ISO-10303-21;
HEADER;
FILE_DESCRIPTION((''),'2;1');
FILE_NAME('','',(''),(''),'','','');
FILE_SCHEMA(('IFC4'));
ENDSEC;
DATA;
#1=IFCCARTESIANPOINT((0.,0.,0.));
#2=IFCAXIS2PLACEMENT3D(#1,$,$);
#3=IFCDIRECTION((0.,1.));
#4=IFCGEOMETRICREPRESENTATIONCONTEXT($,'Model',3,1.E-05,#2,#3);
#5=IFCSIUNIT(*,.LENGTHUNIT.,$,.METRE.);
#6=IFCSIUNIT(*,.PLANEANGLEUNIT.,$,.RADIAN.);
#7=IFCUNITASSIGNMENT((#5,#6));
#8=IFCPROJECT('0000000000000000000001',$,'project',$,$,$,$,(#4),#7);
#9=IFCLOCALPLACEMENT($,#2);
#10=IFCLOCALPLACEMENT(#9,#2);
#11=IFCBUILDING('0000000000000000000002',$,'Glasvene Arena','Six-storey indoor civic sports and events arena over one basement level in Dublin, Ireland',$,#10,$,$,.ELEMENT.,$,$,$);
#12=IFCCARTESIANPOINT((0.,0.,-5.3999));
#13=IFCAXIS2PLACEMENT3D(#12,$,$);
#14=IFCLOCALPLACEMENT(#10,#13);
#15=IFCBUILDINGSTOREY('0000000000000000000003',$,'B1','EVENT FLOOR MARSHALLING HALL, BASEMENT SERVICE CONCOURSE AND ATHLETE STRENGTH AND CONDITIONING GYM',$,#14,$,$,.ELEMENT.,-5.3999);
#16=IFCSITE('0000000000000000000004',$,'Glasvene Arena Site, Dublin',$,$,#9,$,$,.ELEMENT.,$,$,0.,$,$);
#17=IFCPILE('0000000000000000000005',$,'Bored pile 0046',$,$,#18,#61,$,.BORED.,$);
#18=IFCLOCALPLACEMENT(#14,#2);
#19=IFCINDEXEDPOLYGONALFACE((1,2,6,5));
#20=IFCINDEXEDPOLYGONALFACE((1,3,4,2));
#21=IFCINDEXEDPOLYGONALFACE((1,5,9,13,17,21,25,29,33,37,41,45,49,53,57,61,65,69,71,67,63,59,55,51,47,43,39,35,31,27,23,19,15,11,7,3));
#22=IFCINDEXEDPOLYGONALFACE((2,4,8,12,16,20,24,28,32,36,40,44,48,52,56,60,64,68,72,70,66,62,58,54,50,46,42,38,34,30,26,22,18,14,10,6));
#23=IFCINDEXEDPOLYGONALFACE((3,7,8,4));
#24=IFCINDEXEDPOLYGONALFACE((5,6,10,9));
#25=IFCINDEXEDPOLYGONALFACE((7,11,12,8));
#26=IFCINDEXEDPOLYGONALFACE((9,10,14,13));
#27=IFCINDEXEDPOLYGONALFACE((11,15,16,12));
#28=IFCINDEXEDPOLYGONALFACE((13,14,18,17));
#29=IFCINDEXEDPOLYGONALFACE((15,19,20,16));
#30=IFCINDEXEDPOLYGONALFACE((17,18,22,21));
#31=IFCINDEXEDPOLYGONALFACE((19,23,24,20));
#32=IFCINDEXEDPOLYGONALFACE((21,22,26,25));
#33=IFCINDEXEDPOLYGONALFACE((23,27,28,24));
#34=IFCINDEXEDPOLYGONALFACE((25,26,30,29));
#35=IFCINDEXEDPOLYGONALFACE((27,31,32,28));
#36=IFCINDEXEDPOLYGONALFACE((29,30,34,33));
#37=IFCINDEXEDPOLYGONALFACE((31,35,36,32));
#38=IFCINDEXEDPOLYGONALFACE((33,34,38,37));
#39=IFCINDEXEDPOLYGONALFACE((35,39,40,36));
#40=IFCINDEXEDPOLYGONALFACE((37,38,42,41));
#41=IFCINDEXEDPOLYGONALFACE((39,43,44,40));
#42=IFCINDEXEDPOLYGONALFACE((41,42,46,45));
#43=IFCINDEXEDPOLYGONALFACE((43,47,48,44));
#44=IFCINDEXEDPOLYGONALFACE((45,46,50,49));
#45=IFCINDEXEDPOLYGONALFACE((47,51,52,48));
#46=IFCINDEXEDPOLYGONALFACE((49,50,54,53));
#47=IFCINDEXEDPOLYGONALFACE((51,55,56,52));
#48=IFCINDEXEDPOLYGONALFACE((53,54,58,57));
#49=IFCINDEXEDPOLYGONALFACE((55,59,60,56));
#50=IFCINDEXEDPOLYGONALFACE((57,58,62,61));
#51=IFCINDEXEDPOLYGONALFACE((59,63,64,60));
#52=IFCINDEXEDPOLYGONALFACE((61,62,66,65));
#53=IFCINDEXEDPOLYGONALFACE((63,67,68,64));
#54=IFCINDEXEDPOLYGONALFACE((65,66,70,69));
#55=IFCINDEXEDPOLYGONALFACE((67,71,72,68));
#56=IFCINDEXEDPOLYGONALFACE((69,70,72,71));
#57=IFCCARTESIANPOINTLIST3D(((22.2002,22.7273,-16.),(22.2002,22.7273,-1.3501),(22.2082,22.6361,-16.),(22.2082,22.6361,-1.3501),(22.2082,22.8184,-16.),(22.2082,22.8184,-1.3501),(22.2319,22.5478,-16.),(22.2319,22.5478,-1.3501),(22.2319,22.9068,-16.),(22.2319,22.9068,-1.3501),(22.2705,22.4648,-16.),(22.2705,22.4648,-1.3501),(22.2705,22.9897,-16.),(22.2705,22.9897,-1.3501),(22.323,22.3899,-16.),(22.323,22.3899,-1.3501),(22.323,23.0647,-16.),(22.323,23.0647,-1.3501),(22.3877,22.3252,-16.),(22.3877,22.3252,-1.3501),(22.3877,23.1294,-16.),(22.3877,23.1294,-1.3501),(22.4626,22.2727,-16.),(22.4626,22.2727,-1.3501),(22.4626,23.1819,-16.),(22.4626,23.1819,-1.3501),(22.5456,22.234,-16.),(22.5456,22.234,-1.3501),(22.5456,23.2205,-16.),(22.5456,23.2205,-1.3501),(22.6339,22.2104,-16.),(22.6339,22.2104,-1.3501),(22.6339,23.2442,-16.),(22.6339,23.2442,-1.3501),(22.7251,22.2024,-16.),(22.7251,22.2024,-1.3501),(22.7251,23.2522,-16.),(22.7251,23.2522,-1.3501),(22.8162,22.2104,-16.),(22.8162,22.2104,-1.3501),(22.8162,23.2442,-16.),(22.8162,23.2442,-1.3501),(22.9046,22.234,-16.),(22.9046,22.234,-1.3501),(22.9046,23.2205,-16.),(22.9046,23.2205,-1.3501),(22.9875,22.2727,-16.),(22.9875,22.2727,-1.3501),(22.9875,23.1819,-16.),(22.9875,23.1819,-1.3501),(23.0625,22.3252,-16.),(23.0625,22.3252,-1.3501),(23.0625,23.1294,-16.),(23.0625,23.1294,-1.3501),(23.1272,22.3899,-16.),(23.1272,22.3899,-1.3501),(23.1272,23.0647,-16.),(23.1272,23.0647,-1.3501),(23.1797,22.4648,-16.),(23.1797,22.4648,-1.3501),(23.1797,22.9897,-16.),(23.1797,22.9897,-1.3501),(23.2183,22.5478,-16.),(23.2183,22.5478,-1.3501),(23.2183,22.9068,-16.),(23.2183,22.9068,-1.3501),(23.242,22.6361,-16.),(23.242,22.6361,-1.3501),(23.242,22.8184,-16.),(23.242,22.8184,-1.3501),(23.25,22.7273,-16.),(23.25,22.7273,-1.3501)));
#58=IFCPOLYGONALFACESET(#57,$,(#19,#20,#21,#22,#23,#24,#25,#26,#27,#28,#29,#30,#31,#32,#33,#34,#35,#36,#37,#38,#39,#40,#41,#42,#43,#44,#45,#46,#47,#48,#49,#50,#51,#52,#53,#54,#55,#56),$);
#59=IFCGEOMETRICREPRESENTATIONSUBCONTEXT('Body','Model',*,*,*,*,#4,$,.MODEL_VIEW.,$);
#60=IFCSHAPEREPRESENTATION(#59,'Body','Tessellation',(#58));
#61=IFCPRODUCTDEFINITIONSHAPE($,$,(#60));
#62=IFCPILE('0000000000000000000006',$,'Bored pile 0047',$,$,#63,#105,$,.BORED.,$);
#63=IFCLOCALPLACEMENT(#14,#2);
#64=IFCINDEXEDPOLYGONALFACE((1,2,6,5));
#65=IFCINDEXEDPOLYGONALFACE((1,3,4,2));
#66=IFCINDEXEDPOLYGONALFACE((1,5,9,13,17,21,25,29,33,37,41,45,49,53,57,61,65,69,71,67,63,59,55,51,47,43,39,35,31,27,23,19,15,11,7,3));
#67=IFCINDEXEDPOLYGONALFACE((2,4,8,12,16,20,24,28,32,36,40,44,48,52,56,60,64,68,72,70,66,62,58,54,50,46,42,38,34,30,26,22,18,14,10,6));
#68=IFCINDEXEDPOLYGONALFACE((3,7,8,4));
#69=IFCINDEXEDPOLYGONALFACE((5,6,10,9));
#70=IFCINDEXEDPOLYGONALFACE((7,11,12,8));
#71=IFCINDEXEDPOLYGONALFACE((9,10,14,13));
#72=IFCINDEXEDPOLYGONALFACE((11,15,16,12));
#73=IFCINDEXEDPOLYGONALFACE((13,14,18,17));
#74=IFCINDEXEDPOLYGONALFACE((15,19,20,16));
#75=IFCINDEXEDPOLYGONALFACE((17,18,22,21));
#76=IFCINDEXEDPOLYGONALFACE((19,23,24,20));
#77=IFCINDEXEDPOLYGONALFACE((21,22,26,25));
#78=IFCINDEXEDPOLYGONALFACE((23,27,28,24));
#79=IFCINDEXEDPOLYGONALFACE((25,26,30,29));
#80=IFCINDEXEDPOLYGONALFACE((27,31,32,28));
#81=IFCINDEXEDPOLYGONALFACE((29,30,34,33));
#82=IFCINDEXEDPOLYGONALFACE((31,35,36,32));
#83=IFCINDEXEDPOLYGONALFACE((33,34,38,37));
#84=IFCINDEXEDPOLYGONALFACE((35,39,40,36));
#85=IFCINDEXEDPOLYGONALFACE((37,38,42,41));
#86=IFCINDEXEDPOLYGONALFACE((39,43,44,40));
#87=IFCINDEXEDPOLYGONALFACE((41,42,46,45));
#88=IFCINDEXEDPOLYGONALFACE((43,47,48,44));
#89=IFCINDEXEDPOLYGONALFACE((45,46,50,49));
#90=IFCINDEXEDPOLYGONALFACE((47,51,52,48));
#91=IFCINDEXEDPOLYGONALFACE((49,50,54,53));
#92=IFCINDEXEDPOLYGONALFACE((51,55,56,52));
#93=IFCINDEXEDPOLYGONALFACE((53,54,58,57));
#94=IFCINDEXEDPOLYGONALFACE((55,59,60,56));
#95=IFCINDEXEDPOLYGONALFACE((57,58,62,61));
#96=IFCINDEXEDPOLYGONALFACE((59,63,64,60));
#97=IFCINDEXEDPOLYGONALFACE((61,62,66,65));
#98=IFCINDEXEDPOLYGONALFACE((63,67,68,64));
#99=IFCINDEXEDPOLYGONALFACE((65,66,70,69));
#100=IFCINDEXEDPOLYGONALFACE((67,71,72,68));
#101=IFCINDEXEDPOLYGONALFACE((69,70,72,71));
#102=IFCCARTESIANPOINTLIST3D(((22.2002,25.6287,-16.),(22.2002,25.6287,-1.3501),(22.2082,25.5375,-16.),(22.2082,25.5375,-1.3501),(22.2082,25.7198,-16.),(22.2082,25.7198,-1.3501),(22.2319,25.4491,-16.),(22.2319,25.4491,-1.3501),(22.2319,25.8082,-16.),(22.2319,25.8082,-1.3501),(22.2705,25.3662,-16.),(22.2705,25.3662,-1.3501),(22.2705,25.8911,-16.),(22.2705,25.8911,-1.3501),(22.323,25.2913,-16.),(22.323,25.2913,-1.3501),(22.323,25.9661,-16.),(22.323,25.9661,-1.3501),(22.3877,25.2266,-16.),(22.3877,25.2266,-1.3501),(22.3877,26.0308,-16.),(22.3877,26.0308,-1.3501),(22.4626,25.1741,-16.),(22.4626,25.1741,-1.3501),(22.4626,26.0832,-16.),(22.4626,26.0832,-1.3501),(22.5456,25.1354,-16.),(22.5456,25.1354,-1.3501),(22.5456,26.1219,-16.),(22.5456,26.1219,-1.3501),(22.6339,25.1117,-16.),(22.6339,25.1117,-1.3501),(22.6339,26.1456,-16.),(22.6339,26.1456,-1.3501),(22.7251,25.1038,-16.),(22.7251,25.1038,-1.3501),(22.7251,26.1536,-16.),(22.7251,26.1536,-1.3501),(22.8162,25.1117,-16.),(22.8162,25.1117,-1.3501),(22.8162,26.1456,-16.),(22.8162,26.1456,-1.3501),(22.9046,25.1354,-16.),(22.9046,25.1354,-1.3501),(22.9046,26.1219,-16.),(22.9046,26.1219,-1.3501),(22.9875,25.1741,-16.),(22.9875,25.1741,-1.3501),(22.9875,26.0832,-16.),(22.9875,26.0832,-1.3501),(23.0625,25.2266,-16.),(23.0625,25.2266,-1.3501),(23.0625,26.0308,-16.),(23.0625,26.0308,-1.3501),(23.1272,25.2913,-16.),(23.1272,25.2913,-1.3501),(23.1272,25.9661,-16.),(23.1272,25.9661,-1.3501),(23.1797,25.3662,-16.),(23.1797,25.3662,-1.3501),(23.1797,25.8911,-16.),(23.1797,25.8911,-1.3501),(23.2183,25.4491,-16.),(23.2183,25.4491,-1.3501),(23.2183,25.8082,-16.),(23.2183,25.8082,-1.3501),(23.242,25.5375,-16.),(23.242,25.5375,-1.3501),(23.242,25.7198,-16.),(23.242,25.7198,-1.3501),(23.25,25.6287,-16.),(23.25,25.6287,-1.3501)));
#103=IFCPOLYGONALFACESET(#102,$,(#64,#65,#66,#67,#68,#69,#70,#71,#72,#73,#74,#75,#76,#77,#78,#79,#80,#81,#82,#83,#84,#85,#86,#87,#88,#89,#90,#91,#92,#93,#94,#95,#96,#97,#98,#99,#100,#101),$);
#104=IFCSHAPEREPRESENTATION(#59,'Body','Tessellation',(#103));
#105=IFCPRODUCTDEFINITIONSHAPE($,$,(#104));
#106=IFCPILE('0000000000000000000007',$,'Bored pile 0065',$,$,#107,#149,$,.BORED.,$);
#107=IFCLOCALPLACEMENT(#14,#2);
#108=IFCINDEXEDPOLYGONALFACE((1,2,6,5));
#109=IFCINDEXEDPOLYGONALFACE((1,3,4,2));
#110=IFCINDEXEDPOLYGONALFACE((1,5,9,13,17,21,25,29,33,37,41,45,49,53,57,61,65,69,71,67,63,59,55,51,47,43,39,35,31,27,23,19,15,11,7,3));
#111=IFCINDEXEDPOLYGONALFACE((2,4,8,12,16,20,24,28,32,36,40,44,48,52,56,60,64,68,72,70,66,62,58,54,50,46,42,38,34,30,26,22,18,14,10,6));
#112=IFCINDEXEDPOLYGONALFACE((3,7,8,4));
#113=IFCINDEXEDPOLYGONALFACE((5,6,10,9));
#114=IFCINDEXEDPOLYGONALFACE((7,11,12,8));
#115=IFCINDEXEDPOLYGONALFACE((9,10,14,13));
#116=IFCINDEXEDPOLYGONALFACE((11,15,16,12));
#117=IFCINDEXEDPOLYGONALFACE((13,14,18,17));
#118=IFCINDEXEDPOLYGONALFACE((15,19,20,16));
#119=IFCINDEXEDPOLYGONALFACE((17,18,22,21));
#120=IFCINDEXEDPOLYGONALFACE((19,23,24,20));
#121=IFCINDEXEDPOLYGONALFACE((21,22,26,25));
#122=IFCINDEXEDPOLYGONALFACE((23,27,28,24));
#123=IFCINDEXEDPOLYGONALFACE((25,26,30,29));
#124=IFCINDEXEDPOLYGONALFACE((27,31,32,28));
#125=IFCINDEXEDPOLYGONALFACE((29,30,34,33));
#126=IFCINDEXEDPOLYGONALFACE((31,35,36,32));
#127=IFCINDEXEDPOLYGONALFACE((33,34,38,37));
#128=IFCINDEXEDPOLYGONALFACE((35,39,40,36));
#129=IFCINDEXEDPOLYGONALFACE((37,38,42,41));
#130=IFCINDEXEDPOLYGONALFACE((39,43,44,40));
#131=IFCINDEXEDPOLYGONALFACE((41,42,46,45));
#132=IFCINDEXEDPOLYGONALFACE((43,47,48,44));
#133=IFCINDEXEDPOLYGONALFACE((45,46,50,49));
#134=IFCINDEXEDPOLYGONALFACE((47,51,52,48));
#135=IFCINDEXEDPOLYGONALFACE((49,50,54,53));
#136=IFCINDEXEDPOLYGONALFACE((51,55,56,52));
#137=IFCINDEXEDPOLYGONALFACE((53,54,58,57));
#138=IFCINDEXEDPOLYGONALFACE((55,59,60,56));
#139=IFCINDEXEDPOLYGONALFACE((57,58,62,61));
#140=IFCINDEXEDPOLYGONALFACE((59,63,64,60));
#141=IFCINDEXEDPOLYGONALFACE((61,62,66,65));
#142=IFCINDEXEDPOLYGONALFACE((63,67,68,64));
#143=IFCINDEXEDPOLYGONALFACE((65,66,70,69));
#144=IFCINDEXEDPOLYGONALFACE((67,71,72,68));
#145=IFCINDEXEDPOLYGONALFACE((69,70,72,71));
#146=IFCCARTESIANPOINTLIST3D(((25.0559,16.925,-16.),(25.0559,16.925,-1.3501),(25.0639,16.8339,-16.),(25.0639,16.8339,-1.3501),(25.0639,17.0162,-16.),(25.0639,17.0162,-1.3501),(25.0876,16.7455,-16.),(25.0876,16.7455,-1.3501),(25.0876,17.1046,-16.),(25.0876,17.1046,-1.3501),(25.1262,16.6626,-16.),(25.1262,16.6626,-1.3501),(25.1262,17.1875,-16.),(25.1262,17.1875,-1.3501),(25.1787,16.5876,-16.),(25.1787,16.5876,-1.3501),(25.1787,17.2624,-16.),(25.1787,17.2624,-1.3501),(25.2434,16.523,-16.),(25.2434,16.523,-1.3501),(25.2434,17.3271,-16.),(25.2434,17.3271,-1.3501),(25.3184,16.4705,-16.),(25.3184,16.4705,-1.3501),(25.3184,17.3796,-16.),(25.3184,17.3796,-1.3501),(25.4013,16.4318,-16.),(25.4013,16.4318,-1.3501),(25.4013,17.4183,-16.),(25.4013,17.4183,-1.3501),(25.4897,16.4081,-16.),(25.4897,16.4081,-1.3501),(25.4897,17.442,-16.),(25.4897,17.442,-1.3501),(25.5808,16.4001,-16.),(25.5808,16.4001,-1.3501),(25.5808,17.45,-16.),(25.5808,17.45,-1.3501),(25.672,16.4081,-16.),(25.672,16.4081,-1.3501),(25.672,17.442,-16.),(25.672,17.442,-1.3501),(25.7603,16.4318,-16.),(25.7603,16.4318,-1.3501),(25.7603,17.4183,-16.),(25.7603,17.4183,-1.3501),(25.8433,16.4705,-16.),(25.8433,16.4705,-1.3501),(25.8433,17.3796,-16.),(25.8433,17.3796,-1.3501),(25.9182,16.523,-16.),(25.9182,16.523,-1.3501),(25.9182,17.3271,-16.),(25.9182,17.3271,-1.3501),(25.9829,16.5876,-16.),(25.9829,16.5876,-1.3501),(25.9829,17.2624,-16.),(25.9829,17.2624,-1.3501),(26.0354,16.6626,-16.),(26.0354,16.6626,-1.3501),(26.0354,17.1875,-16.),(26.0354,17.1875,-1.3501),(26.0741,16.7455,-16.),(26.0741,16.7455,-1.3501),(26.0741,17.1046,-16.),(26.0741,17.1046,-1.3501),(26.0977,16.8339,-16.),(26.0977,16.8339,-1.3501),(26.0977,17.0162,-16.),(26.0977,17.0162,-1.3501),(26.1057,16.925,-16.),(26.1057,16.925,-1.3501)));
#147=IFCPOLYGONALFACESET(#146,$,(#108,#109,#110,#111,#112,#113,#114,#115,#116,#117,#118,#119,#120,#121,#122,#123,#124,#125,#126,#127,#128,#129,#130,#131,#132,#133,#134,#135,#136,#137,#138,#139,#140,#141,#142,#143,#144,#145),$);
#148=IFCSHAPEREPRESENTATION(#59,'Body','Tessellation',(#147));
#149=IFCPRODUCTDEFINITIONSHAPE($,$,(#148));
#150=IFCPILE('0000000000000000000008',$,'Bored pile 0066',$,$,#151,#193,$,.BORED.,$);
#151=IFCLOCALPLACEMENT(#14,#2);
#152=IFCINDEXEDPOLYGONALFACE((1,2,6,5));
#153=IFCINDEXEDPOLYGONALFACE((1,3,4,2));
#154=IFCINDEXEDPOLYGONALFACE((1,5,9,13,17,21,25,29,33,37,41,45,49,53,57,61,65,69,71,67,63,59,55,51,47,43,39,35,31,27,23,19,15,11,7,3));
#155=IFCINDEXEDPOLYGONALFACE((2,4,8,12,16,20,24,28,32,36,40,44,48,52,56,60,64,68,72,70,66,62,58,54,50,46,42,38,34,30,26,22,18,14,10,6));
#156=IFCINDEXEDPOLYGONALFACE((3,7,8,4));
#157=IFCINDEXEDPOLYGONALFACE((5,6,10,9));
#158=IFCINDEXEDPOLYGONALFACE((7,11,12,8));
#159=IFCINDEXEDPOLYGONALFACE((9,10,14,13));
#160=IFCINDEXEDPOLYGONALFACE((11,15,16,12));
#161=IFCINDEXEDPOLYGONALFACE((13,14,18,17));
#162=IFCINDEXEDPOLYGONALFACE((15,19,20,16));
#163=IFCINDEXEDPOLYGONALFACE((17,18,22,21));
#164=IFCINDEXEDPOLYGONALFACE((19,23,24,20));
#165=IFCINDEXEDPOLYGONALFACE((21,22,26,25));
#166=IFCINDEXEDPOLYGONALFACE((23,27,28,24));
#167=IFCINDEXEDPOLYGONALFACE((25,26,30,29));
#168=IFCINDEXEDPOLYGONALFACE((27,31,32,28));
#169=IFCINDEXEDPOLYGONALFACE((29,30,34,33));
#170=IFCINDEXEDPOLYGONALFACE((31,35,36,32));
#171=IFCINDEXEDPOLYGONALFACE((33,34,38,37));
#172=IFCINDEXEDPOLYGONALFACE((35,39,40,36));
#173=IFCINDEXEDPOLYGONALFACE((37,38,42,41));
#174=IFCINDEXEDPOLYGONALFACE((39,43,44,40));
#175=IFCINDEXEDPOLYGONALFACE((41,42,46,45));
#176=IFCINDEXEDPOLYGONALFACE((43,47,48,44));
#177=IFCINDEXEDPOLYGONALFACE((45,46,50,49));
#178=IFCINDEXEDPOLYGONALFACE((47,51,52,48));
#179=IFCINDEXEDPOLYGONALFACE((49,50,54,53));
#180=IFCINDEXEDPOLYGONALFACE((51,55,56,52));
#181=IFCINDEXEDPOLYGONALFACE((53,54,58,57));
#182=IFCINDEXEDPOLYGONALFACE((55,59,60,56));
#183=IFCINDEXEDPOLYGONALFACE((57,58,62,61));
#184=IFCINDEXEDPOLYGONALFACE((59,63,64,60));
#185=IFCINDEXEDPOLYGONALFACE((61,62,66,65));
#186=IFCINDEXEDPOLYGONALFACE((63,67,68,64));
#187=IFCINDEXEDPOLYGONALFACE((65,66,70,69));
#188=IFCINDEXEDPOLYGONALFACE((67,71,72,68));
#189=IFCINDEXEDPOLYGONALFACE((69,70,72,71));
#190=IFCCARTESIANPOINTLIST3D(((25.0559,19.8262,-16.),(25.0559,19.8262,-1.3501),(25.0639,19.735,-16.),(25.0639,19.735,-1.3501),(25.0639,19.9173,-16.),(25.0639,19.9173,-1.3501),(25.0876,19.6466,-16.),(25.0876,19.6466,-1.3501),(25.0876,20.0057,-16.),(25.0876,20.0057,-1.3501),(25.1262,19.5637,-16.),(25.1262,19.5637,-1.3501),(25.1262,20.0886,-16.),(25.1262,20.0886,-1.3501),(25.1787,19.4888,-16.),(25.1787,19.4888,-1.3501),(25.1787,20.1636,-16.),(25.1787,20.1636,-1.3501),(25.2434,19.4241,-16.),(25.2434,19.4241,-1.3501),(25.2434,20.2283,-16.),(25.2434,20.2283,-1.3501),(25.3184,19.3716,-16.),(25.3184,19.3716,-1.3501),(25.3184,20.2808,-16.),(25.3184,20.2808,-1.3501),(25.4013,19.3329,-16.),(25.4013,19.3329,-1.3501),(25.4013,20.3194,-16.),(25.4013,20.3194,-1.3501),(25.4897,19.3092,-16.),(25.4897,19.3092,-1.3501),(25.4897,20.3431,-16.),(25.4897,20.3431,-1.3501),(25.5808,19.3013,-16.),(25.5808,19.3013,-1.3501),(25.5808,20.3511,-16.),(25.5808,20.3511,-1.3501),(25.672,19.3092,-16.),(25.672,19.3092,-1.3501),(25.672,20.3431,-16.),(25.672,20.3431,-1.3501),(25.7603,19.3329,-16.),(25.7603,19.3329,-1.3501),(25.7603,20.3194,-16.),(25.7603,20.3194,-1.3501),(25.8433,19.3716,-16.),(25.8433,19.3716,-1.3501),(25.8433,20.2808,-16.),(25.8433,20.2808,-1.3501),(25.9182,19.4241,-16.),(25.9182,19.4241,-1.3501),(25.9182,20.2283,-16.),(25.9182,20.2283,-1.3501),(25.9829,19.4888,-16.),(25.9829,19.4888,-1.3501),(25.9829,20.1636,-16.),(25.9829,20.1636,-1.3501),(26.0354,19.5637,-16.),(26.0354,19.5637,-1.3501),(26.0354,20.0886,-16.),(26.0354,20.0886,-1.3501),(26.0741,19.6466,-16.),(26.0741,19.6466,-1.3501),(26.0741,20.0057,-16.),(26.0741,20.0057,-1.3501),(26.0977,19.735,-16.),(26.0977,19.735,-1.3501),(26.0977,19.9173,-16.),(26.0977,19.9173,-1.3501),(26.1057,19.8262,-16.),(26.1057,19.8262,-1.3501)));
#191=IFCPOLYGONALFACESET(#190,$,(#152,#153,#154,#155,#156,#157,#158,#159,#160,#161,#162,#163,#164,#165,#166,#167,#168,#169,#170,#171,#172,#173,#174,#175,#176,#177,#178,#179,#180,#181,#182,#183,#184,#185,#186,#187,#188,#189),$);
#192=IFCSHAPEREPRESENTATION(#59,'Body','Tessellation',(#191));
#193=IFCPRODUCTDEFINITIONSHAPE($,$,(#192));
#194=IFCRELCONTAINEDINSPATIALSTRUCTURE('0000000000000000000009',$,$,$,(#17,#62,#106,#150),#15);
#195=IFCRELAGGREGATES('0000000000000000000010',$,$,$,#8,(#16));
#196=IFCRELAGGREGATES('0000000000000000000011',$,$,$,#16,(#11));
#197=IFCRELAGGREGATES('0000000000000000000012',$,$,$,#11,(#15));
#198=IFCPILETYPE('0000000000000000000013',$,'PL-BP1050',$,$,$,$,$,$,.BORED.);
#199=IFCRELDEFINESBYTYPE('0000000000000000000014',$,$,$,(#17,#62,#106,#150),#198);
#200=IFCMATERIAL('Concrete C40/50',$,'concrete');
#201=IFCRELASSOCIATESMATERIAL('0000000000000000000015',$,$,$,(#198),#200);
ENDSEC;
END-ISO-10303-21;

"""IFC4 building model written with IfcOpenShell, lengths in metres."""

from ifc_helpers import new_model, si_unit, direction, frame, origin, origin_2d, place, context, subcontext, project, spatial, circle, extrude, material, material_profile, profile_set, type_object, element, save


model = new_model("IFC4")

# Units and contexts
model_context = context("Model", 3, precision=1e-05, world=origin(), true_north=direction((0.0, 1.0)))
body_context = subcontext(model_context, "Body", "Model", "MODEL_VIEW")
ifc_project = project(units=[si_unit("LENGTHUNIT", "METRE"), si_unit("PLANEANGLEUNIT", "RADIAN")], contexts=[model_context])

# Site, building, storey
site_placement = place(None, origin())
site = spatial("IfcSite", under=ifc_project, at=site_placement, Name="Glasvene Arena Site, Dublin", CompositionType="ELEMENT", RefElevation=0.0)
building_placement = place(site_placement, origin())
building = spatial("IfcBuilding", under=site, at=building_placement, Name="Glasvene Arena", Description="Six-storey indoor civic sports and events arena over one basement level in Dublin, Ireland", CompositionType="ELEMENT")
storey_placement = place(building_placement, frame((0.0, 0.0, -5.3999)))
storey = spatial("IfcBuildingStorey", under=building, at=storey_placement, Name="B1", Description="EVENT FLOOR MARSHALLING HALL, BASEMENT SERVICE CONCOURSE AND ATHLETE STRENGTH AND CONDITIONING GYM", CompositionType="ELEMENT", Elevation=-5.3999)

# Shared definitions
ifc_material_1 = material(Name="Concrete C40/50", Category="concrete")

# Piles
ifc_material_profile_1 = material_profile(ifc_material_1, circle(Radius=0.5249, at=origin_2d()), Name="BORED PILE 1050")
ifc_profile_set_1 = profile_set([ifc_material_profile_1], Name="Concrete C40/50")
pile_type_1 = type_object("IfcPileType", Name="PL-BP1050", PredefinedType="BORED", material=ifc_profile_set_1)
for number, where, z_axis, x_axis, name in (
    (1, (22.7251, 22.7273, -1.3501), (0.0, 0.0, -1.0), (1.0, 0.0, 0.0), "Bored pile 0046"),
    (2, (22.7251, 25.6287, -1.3501), (0.0, 0.0, -1.0), (1.0, 0.0, 0.0), "Bored pile 0047"),
    (3, (25.5808, 16.925, -1.3501), (0.0, 0.0, -1.0), (1.0, 0.0, 0.0), "Bored pile 0065"),
    (4, (25.5808, 19.8262, -1.3501), (0.0, 0.0, -1.0), (1.0, 0.0, 0.0), "Bored pile 0066"),
):
    element("IfcPile", number, at=place(storey_placement, frame(where, z_axis=z_axis, x_axis=x_axis)), inside=storey, type_object=pile_type_1, Name=name, PredefinedType="BORED", context=body_context, shape_type="SweptSolid", body=[
        extrude(circle(Radius=0.5249, at=origin_2d()), origin(), (0.0, 0.0, 1.0), 14.6499),
    ])

save(model, "model.ifc")
